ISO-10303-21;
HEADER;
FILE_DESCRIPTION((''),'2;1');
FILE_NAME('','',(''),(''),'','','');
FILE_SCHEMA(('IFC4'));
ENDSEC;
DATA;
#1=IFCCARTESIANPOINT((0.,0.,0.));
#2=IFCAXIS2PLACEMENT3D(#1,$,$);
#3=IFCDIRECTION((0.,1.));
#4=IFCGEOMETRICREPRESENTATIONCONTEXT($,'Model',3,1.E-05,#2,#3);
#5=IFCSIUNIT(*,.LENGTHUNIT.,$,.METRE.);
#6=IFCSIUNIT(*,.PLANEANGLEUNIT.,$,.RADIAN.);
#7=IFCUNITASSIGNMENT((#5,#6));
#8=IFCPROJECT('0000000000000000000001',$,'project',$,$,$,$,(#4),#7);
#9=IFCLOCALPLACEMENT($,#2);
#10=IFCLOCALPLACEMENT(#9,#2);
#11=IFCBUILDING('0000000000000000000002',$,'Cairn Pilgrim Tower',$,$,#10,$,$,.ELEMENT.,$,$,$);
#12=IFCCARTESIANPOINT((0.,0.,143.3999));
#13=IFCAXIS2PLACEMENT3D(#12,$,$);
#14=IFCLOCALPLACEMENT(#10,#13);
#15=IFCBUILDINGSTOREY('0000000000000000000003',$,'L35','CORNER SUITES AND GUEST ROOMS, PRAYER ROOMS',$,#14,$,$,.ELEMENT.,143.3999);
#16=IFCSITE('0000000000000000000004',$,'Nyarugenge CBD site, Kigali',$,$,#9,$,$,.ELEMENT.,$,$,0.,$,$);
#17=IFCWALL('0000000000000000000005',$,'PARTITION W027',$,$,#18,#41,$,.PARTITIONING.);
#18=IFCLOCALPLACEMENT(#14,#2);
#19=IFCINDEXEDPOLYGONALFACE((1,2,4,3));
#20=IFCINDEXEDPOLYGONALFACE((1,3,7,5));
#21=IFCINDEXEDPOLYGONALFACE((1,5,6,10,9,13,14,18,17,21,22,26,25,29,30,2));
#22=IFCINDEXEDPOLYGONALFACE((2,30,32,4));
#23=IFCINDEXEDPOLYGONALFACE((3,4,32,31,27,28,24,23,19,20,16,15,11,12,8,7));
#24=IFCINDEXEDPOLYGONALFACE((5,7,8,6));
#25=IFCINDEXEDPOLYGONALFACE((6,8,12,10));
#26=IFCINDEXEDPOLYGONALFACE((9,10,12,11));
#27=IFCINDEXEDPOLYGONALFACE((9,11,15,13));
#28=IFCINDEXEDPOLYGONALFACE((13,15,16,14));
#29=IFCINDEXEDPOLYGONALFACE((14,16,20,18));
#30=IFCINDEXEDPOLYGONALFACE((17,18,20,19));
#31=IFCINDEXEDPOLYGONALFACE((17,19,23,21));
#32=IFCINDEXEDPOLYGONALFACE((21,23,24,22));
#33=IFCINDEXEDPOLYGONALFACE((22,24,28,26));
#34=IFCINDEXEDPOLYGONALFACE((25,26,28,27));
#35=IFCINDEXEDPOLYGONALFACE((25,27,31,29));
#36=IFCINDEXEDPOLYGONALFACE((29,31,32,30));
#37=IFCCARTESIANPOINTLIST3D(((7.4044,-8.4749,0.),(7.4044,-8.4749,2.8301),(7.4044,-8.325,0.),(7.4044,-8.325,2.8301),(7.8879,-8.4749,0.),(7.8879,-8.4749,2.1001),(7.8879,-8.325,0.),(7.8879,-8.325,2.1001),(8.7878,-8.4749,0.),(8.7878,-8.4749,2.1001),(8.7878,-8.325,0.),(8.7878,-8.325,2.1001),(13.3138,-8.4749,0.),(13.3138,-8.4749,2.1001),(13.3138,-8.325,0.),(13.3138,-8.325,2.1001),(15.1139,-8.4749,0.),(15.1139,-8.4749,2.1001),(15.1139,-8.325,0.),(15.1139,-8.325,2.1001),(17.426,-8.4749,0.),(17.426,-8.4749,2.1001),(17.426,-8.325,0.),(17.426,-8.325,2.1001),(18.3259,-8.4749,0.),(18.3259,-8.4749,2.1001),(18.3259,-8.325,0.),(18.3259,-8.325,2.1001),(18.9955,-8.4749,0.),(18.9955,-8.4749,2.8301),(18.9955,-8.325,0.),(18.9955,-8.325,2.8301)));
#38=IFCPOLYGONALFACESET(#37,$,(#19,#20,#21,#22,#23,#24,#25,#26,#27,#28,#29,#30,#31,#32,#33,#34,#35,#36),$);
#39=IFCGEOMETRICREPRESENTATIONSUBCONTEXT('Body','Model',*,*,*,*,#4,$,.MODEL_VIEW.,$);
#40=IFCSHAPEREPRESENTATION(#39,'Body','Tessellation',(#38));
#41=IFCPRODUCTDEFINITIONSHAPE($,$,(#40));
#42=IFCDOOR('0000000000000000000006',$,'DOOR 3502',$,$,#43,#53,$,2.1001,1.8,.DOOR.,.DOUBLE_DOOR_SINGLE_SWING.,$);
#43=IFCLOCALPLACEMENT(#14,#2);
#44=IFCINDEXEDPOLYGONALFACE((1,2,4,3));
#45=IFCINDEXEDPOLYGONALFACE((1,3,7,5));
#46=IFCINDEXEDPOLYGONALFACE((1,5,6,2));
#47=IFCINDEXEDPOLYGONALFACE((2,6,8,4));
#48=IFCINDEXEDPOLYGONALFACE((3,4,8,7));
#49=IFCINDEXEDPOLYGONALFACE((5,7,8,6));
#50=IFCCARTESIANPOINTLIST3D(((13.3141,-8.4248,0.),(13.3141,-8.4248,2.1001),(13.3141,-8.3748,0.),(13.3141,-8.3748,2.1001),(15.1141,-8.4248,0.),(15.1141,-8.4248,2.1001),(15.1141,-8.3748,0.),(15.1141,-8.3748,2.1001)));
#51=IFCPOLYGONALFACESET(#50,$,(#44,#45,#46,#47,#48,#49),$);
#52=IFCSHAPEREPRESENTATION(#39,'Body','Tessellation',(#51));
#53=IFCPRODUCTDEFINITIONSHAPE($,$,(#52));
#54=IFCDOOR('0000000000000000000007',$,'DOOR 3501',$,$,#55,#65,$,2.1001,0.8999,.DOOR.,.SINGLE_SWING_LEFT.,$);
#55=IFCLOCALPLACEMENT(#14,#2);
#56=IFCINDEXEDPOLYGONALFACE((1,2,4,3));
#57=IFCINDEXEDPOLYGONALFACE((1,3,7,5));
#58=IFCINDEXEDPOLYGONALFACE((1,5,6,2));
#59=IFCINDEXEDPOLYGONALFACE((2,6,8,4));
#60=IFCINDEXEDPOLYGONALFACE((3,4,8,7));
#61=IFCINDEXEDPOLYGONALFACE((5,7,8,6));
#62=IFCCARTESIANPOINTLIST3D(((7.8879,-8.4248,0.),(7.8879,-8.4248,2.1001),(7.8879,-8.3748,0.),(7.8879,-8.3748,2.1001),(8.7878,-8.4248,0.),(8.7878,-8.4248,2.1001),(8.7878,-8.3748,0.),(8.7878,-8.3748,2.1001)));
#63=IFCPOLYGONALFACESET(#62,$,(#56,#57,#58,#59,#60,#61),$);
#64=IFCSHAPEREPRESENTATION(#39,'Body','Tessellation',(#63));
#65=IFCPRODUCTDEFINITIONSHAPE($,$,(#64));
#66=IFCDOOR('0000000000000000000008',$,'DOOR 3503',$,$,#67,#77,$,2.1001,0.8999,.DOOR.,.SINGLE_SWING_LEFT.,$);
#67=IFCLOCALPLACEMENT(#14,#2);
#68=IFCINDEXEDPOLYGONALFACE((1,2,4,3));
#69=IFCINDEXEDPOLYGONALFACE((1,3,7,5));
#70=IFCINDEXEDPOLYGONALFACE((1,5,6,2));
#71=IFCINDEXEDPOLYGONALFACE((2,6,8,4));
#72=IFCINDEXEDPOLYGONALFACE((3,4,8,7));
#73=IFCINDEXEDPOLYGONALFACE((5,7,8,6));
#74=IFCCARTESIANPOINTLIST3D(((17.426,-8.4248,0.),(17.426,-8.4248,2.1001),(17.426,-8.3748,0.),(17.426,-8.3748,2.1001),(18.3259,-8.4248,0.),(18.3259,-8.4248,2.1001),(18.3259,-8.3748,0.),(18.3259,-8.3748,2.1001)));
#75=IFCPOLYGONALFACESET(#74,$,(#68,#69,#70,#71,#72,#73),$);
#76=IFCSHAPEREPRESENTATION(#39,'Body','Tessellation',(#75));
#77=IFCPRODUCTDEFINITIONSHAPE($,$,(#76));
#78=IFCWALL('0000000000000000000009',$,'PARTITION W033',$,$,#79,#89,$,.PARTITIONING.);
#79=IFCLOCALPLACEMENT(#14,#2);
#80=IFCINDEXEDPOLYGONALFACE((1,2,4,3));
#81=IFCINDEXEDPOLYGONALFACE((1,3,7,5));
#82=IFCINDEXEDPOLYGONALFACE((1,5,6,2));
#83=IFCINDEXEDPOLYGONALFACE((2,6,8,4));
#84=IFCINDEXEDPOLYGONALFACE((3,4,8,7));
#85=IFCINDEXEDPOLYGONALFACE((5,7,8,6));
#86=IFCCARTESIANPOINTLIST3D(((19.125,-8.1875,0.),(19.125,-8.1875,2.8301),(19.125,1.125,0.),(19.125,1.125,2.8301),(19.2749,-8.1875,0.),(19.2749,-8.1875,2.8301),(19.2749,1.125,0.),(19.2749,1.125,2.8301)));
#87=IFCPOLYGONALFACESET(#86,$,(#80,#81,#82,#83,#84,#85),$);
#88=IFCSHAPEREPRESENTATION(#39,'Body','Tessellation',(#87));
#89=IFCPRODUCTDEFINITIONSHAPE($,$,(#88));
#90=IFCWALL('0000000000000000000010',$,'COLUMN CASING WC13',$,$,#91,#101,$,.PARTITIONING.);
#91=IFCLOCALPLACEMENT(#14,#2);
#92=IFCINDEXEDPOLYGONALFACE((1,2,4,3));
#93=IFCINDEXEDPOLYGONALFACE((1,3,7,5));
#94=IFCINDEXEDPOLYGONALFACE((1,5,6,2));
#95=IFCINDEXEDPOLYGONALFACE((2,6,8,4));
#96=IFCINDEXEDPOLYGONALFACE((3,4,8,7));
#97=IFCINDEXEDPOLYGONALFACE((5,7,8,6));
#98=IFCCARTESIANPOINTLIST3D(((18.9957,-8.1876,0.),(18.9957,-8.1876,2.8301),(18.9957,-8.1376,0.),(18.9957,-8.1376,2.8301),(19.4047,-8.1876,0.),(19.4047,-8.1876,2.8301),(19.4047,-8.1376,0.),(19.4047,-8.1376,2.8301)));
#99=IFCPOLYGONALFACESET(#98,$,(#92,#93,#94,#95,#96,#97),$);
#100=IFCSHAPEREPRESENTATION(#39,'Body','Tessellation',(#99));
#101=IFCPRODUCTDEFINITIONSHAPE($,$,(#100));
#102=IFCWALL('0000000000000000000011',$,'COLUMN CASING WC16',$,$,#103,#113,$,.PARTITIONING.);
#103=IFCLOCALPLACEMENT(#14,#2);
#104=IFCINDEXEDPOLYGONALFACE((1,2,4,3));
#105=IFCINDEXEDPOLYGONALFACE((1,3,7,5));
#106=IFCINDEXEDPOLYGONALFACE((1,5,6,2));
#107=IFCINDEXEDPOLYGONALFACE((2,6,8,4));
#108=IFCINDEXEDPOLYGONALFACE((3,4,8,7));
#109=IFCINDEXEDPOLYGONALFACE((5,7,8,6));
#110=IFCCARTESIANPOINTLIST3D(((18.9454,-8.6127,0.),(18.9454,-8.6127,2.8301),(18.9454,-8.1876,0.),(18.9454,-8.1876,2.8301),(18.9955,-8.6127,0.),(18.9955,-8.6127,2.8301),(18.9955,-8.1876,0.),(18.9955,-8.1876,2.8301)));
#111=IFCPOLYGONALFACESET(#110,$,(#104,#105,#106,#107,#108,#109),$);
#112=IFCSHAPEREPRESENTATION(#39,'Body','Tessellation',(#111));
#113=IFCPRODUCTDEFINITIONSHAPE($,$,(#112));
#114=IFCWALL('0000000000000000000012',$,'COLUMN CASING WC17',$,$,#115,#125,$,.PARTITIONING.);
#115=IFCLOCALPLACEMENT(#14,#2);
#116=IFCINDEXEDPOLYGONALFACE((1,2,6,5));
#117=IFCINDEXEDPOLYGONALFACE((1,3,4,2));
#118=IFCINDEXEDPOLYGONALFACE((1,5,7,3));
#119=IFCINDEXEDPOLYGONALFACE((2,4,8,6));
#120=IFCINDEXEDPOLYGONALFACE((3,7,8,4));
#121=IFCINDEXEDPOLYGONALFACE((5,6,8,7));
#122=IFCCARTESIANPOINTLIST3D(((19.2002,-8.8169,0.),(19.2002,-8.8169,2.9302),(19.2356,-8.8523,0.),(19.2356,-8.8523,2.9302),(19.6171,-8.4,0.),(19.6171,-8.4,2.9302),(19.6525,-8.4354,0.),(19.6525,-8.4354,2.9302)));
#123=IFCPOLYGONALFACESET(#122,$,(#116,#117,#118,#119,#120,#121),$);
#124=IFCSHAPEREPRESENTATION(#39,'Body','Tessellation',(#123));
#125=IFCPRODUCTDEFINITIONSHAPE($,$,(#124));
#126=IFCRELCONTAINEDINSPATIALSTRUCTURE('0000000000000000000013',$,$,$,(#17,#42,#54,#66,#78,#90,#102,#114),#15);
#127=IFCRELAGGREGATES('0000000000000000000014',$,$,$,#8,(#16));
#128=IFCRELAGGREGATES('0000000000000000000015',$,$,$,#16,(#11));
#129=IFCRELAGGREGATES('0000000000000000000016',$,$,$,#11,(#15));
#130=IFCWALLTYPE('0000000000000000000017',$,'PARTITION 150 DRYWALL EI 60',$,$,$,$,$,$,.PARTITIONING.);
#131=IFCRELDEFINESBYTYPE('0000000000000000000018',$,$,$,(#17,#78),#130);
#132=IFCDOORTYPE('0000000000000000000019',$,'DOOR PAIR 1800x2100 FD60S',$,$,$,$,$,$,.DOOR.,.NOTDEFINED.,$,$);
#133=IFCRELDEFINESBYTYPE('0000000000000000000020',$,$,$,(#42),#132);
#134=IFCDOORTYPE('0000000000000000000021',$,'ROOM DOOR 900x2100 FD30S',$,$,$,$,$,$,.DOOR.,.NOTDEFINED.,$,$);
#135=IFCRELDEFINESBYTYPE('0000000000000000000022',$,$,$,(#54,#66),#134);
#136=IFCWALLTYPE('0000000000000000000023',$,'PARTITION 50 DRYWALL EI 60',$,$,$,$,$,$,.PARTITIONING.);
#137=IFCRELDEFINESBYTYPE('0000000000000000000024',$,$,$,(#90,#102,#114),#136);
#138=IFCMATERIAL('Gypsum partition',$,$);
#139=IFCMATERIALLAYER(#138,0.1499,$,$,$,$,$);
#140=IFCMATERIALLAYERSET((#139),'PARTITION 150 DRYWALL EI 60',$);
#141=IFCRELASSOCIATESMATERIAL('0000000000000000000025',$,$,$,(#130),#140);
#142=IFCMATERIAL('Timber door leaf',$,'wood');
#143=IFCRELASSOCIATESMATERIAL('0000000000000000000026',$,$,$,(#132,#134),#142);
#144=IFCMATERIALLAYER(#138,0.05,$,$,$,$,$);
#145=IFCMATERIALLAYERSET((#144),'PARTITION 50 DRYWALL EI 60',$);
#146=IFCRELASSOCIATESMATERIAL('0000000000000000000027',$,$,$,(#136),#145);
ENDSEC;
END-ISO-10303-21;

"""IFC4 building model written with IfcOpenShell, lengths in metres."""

from ifc_helpers import new_model, si_unit, direction, frame, frame_2d, origin, place, context, subcontext, project, spatial, rectangle, extrude, material, layer, layer_set, type_object, element, fill, save


model = new_model("IFC4")

# Units and contexts
model_context = context("Model", 3, precision=1e-05, world=origin(), true_north=direction((0.0, 1.0)))
body_context = subcontext(model_context, "Body", "Model", "MODEL_VIEW")
ifc_project = project(units=[si_unit("LENGTHUNIT", "METRE"), si_unit("PLANEANGLEUNIT", "RADIAN")], contexts=[model_context])

# Site, building, storey
site_placement = place(None, origin())
site = spatial("IfcSite", under=ifc_project, at=site_placement, Name="Nyarugenge CBD site, Kigali", CompositionType="ELEMENT", RefElevation=0.0)
building_placement = place(site_placement, origin())
building = spatial("IfcBuilding", under=site, at=building_placement, Name="Cairn Pilgrim Tower", CompositionType="ELEMENT")
storey_placement = place(building_placement, frame((0.0, 0.0, 143.3999)))
storey = spatial("IfcBuildingStorey", under=building, at=storey_placement, Name="L35", Description="CORNER SUITES AND GUEST ROOMS, PRAYER ROOMS", CompositionType="ELEMENT", Elevation=143.3999)

# Shared definitions
ifc_material_1 = material(Name="Gypsum partition")
ifc_material_2 = material(Name="Timber door leaf", Category="wood")

# Wall, openings, doors
ifc_layer_1 = layer(ifc_material_1, 0.1499)
ifc_layer_set_1 = layer_set([ifc_layer_1], Name="PARTITION 150 DRYWALL EI 60")
wall_type_1 = type_object("IfcWallType", Name="PARTITION 150 DRYWALL EI 60", PredefinedType="PARTITIONING", material=ifc_layer_set_1)
wall_1_placement = place(storey_placement, frame((7.4045, -8.3999, 0.0), z_axis=(0.0, 0.0, 1.0), x_axis=(1.0, 0.0, 0.0)))
wall_1 = element("IfcWall", 1, at=wall_1_placement, inside=storey, type_object=wall_type_1, Name="PARTITION W027", PredefinedType="PARTITIONING", context=body_context, shape_type="SweptSolid", body=[
    extrude(rectangle(XDim=11.5911, YDim=0.1499, at=frame_2d((5.7954, 0.0))), origin(), (0.0, 0.0, 1.0), 2.8301),
])
opening_1_placement = place(wall_1_placement, frame((0.4834, 0.0, 0.0)))
opening_1 = element("IfcOpeningElement", 2, at=opening_1_placement, cuts=wall_1, PredefinedType="OPENING", context=body_context, shape_type="SweptSolid", body=[
    extrude(rectangle(XDim=0.8999, YDim=2.1001, at=frame_2d((0.45, 1.05))), frame((0.0, 0.085, 0.0), z_axis=(0.0, -1.0, 0.0), x_axis=(1.0, 0.0, 0.0)), (0.0, 0.0, 1.0), 0.1699),
])
opening_2_placement = place(wall_1_placement, frame((5.9094, 0.0, 0.0)))
opening_2 = element("IfcOpeningElement", 3, at=opening_2_placement, cuts=wall_1, PredefinedType="OPENING", context=body_context, shape_type="SweptSolid", body=[
    extrude(rectangle(XDim=1.8, YDim=2.1001, at=frame_2d((0.8999, 1.05))), frame((0.0, 0.085, 0.0), z_axis=(0.0, -1.0, 0.0), x_axis=(1.0, 0.0, 0.0)), (0.0, 0.0, 1.0), 0.1699),
])
opening_3_placement = place(wall_1_placement, frame((10.0215, 0.0, 0.0)))
opening_3 = element("IfcOpeningElement", 4, at=opening_3_placement, cuts=wall_1, PredefinedType="OPENING", context=body_context, shape_type="SweptSolid", body=[
    extrude(rectangle(XDim=0.8999, YDim=2.1001, at=frame_2d((0.45, 1.05))), frame((0.0, 0.085, 0.0), z_axis=(0.0, -1.0, 0.0), x_axis=(1.0, 0.0, 0.0)), (0.0, 0.0, 1.0), 0.1699),
])
door_type_1 = type_object("IfcDoorType", Name="DOOR PAIR 1800x2100 FD60S", OperationType="NOTDEFINED", PredefinedType="DOOR", material=ifc_material_2)
door_1_placement = place(opening_2_placement, frame((1.8, 0.0, 0.0), z_axis=(0.0, 0.0, 1.0), x_axis=(-1.0, 0.0, 0.0)))
door_1 = element("IfcDoor", 5, at=door_1_placement, inside=storey, type_object=door_type_1, Name="DOOR 3502", OperationType="DOUBLE_DOOR_SINGLE_SWING", OverallHeight=2.1001, OverallWidth=1.8, PredefinedType="DOOR", context=body_context, shape_type="SweptSolid", body=[
    extrude(rectangle(XDim=1.8, YDim=2.1001, at=frame_2d((0.8999, 1.05))), frame((0.0, 0.0249, 0.0), z_axis=(0.0, -1.0, 0.0), x_axis=(1.0, 0.0, 0.0)), (0.0, 0.0, 1.0), 0.05),
])
fill(opening_2, door_1)
door_type_2 = type_object("IfcDoorType", Name="ROOM DOOR 900x2100 FD30S", OperationType="NOTDEFINED", PredefinedType="DOOR", material=ifc_material_2)
door_2_placement = place(opening_1_placement, frame((0.8999, 0.0, 0.0), z_axis=(0.0, 0.0, 1.0), x_axis=(-1.0, 0.0, 0.0)))
door_2 = element("IfcDoor", 6, at=door_2_placement, inside=storey, type_object=door_type_2, Name="DOOR 3501", OperationType="SINGLE_SWING_LEFT", OverallHeight=2.1001, OverallWidth=0.8999, PredefinedType="DOOR", context=body_context, shape_type="SweptSolid", body=[
    extrude(rectangle(XDim=0.8999, YDim=2.1001, at=frame_2d((0.45, 1.05))), frame((0.0, 0.0249, 0.0), z_axis=(0.0, -1.0, 0.0), x_axis=(1.0, 0.0, 0.0)), (0.0, 0.0, 1.0), 0.05),
])
fill(opening_1, door_2)
door_3_placement = place(opening_3_placement, frame((0.8999, 0.0, 0.0), z_axis=(0.0, 0.0, 1.0), x_axis=(-1.0, 0.0, 0.0)))
door_3 = element("IfcDoor", 7, at=door_3_placement, inside=storey, type_object=door_type_2, Name="DOOR 3503", OperationType="SINGLE_SWING_LEFT", OverallHeight=2.1001, OverallWidth=0.8999, PredefinedType="DOOR", context=body_context, shape_type="SweptSolid", body=[
    extrude(rectangle(XDim=0.8999, YDim=2.1001, at=frame_2d((0.45, 1.05))), frame((0.0, 0.0249, 0.0), z_axis=(0.0, -1.0, 0.0), x_axis=(1.0, 0.0, 0.0)), (0.0, 0.0, 1.0), 0.05),
])
fill(opening_3, door_3)

# Walls
wall_2_placement = place(storey_placement, frame((19.2, -8.1875, 0.0), z_axis=(0.0, 0.0, 1.0), x_axis=(0.0, 1.0, 0.0)))
element("IfcWall", 8, at=wall_2_placement, inside=storey, type_object=wall_type_1, Name="PARTITION W033", PredefinedType="PARTITIONING", context=body_context, shape_type="SweptSolid", body=[
    extrude(rectangle(XDim=9.3125, YDim=0.1499, at=frame_2d((4.6562, 0.0))), origin(), (0.0, 0.0, 1.0), 2.8301),
])
ifc_layer_2 = layer(ifc_material_1, 0.05)
ifc_layer_set_2 = layer_set([ifc_layer_2], Name="PARTITION 50 DRYWALL EI 60")
wall_type_2 = type_object("IfcWallType", Name="PARTITION 50 DRYWALL EI 60", PredefinedType="PARTITIONING", material=ifc_layer_set_2)
wall_3_placement = place(storey_placement, frame((18.9956, -8.1626, 0.0), z_axis=(0.0, 0.0, 1.0), x_axis=(1.0, 0.0, 0.0)))
element("IfcWall", 9, at=wall_3_placement, inside=storey, type_object=wall_type_2, Name="COLUMN CASING WC13", PredefinedType="PARTITIONING", context=body_context, shape_type="SweptSolid", body=[
    extrude(rectangle(XDim=0.4089, YDim=0.05, at=frame_2d((0.2046, 0.0))), origin(), (0.0, 0.0, 1.0), 2.8301),
])
wall_4_placement = place(storey_placement, frame((18.9705, -8.6125, 0.0), z_axis=(0.0, 0.0, 1.0), x_axis=(0.0, 1.0, 0.0)))
element("IfcWall", 10, at=wall_4_placement, inside=storey, type_object=wall_type_2, Name="COLUMN CASING WC16", PredefinedType="PARTITIONING", context=body_context, shape_type="SweptSolid", body=[
    extrude(rectangle(XDim=0.425, YDim=0.05, at=frame_2d((0.2124, 0.0))), origin(), (0.0, 0.0, 1.0), 2.8301),
])
wall_5_placement = place(storey_placement, frame((19.2178, -8.8347, 0.0), z_axis=(0.0, 0.0, 1.0), x_axis=(0.707107, 0.707107, 0.0)))
element("IfcWall", 11, at=wall_5_placement, inside=storey, type_object=wall_type_2, Name="COLUMN CASING WC17", PredefinedType="PARTITIONING", context=body_context, shape_type="SweptSolid", body=[
    extrude(rectangle(XDim=0.5896, YDim=0.05, at=frame_2d((0.2949, 0.0))), origin(), (0.0, 0.0, 1.0), 2.9302),
])

save(model, "model.ifc")
